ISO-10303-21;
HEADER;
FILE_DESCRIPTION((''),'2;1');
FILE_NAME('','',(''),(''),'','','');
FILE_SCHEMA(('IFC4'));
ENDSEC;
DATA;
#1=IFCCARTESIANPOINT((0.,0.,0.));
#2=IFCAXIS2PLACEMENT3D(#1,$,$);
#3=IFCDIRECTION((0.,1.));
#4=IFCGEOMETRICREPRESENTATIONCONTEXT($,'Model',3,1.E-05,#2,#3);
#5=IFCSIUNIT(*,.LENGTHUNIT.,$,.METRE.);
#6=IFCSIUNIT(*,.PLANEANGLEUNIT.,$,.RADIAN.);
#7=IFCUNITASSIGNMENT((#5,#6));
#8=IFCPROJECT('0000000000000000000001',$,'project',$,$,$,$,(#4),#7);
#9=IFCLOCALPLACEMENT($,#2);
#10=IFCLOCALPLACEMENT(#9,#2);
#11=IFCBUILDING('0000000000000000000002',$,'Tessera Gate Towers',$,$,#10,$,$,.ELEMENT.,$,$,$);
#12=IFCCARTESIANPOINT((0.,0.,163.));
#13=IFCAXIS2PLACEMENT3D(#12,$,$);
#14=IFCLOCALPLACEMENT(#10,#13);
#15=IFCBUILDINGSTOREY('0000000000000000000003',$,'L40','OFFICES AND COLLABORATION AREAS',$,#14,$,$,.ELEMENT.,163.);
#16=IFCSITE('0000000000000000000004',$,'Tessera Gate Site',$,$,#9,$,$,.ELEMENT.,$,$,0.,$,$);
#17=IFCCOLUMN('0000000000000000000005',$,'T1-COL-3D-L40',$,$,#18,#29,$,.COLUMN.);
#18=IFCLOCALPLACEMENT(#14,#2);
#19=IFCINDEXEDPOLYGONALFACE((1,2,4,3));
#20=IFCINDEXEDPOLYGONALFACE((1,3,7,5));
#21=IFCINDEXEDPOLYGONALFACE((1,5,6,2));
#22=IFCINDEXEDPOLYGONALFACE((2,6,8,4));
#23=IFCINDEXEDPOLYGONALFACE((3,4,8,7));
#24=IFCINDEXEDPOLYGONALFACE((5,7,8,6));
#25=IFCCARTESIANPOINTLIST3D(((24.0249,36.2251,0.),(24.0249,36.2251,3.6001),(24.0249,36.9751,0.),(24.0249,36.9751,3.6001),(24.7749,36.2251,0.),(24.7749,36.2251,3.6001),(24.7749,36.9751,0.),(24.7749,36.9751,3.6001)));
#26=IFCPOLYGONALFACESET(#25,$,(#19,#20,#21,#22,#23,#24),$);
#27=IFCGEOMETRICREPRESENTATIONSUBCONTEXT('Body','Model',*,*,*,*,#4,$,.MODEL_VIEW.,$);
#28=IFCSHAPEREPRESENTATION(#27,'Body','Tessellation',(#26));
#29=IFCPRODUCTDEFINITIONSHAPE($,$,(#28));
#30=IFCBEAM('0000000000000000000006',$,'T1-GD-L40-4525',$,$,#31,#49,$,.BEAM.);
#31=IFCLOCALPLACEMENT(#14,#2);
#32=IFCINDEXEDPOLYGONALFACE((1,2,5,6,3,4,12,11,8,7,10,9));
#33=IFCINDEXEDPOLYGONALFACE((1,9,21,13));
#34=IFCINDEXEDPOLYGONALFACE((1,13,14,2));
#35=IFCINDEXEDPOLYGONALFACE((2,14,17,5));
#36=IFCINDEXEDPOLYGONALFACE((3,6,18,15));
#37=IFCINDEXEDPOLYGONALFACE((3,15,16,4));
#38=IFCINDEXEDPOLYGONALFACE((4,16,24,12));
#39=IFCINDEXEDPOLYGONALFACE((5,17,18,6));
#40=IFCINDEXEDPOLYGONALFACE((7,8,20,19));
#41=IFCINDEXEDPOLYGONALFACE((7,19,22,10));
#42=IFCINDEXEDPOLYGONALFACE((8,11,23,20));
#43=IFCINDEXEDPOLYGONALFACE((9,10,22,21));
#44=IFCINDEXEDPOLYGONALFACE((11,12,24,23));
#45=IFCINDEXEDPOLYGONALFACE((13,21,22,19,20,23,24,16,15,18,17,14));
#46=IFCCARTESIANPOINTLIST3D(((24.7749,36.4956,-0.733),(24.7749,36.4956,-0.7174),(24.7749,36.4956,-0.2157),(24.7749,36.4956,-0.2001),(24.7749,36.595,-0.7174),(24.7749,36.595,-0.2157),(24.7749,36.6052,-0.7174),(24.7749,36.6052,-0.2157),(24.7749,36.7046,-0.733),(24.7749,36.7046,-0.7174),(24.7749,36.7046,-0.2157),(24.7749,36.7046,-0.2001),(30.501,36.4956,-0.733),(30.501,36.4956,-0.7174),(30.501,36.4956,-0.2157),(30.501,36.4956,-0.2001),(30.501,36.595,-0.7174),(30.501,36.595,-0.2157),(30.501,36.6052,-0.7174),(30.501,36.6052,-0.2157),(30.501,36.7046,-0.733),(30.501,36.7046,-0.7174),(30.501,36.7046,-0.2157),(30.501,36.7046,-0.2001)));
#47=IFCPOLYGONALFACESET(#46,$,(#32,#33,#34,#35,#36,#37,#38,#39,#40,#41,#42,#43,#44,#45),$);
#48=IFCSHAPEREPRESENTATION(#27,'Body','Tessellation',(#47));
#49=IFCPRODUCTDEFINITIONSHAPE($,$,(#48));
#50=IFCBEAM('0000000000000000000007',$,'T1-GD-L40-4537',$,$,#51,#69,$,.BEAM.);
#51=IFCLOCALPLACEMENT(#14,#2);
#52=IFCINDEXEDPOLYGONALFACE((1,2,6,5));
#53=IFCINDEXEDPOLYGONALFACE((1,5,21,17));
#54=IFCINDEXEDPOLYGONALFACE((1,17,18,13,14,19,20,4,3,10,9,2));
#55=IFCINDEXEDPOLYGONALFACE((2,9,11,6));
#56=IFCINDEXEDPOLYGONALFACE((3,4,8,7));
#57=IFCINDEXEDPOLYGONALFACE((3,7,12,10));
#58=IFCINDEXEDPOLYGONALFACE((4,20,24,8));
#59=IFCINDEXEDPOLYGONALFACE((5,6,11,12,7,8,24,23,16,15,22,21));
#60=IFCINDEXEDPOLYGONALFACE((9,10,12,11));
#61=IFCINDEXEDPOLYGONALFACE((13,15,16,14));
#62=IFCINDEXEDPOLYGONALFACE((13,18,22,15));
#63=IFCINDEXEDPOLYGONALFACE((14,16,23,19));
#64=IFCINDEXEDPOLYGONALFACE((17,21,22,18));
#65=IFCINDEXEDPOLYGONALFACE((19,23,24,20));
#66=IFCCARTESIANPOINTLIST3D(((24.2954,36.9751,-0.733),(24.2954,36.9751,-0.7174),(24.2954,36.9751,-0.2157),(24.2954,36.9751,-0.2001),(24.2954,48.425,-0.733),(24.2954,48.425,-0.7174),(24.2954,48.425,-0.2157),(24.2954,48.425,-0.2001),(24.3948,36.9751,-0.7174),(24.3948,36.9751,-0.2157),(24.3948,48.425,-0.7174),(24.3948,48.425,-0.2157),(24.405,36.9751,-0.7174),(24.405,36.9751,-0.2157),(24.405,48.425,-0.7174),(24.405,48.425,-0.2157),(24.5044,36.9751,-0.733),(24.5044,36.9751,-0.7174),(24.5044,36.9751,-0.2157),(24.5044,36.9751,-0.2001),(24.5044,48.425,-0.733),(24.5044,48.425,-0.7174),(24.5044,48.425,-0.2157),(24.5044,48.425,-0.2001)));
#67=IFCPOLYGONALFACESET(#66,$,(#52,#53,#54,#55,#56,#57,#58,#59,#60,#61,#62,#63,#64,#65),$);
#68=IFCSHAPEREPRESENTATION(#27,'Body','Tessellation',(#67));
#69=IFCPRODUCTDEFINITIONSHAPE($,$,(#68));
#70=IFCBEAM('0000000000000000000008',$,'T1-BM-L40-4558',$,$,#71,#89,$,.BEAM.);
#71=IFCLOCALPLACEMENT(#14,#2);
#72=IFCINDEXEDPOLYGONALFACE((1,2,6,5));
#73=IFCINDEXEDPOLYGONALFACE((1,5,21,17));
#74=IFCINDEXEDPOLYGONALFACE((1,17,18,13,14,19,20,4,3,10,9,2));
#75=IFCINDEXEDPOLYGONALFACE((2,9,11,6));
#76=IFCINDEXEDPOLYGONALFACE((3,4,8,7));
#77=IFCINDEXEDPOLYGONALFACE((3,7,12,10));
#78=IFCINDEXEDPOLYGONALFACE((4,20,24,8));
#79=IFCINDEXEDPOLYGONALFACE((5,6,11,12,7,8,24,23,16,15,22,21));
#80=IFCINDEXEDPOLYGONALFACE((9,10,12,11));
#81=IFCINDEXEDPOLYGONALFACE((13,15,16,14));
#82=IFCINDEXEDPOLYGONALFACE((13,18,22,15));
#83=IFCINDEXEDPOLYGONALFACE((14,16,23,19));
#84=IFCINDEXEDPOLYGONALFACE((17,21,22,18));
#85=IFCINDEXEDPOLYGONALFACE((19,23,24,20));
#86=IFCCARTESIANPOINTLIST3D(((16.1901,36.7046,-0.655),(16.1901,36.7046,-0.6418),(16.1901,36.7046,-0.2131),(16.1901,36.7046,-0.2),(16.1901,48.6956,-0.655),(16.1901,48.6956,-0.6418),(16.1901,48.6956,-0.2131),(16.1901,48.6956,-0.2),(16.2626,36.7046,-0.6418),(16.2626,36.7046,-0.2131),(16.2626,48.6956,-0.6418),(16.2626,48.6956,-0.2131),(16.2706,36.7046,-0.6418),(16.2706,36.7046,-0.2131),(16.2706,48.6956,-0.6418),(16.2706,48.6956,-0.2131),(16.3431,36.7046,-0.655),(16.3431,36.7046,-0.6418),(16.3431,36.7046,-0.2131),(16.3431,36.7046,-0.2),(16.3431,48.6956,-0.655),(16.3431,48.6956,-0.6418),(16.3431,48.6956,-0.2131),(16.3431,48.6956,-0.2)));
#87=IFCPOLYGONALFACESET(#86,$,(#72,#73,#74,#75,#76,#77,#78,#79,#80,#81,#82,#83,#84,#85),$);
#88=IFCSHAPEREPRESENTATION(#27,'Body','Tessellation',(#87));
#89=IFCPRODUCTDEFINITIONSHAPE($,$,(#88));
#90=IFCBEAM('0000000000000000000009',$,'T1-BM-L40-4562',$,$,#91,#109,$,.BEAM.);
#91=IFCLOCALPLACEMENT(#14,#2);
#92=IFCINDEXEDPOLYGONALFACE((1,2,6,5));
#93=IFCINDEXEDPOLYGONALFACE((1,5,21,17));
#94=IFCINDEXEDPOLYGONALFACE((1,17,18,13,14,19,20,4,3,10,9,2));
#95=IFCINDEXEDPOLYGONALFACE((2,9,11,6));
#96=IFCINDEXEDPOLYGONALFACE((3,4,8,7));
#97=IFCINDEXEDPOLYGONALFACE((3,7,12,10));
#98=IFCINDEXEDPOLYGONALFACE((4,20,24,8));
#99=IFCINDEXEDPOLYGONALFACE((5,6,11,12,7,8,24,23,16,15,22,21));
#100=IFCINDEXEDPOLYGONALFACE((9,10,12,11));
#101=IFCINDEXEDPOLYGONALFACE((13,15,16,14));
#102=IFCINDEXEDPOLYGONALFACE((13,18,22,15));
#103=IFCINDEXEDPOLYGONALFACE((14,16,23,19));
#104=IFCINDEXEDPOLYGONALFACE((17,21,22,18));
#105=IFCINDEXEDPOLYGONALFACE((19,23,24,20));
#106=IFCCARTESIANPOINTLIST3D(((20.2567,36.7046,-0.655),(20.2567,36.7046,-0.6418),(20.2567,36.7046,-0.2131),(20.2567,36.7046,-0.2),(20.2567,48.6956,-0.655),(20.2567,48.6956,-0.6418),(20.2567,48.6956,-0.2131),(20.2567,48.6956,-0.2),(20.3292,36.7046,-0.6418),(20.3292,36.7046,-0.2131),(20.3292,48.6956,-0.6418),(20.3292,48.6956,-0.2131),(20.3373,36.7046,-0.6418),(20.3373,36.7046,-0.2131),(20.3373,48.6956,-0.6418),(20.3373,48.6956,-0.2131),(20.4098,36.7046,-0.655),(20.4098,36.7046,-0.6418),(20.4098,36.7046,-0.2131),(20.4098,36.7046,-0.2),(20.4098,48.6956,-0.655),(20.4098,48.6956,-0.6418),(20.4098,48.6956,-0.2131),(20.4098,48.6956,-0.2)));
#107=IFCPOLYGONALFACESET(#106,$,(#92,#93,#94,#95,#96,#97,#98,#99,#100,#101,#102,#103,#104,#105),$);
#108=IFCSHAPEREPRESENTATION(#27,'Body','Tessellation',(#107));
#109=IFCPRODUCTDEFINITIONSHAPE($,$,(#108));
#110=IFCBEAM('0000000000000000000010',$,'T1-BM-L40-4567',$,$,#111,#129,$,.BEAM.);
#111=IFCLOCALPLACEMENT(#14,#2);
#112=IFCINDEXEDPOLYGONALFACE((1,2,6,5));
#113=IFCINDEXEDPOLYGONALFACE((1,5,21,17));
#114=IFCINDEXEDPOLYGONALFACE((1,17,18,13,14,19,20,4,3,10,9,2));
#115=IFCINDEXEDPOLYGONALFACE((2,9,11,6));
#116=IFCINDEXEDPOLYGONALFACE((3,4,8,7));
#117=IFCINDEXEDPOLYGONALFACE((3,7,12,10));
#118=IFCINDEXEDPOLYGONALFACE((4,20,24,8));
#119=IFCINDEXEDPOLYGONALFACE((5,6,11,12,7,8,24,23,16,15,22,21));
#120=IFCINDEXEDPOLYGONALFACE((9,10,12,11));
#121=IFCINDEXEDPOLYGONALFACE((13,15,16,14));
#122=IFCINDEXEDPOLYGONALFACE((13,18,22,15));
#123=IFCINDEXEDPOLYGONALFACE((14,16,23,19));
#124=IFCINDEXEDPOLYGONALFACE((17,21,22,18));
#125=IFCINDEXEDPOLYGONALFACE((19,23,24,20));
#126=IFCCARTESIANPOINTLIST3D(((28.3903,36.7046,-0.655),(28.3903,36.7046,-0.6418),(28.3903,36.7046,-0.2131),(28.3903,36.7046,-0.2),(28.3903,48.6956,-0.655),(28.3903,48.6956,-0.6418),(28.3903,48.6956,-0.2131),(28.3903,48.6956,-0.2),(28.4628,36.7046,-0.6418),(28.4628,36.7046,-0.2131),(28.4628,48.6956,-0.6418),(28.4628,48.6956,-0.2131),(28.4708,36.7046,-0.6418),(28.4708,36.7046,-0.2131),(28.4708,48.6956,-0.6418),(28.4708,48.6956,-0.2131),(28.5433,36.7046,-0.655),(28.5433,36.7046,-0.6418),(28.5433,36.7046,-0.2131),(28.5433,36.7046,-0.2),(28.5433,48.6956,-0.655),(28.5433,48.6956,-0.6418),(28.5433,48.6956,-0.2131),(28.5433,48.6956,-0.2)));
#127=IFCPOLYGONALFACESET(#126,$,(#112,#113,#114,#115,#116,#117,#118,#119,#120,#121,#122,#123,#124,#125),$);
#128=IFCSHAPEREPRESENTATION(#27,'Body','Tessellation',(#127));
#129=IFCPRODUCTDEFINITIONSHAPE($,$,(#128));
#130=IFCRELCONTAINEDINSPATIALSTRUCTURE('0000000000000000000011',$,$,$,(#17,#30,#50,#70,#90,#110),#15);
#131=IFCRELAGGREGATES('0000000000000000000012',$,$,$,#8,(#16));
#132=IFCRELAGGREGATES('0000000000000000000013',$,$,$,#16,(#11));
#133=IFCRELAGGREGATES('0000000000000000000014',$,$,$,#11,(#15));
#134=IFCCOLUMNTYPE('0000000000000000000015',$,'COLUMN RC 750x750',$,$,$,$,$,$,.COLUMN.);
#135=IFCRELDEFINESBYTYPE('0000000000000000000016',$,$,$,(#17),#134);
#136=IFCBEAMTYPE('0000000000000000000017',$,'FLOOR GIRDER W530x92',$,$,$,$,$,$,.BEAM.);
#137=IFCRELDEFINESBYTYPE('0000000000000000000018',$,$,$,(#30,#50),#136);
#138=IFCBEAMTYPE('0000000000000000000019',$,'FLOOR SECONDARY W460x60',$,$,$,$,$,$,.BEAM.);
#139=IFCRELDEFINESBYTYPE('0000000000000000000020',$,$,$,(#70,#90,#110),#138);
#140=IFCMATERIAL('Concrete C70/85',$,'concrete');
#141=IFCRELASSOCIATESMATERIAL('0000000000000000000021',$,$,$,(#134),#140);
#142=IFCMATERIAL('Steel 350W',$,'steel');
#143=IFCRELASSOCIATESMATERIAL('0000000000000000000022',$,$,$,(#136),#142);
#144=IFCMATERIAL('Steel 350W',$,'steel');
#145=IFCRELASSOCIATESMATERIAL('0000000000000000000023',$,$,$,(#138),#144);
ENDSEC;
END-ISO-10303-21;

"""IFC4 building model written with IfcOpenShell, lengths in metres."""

from ifc_helpers import new_model, si_unit, direction, frame, origin, origin_2d, place, context, subcontext, project, spatial, rectangle, i_section, extrude, material, material_profile, profile_set, type_object, element, save


model = new_model("IFC4")

# Units and contexts
model_context = context("Model", 3, precision=1e-05, world=origin(), true_north=direction((0.0, 1.0)))
body_context = subcontext(model_context, "Body", "Model", "MODEL_VIEW")
ifc_project = project(units=[si_unit("LENGTHUNIT", "METRE"), si_unit("PLANEANGLEUNIT", "RADIAN")], contexts=[model_context])

# Site, building, storey
site_placement = place(None, origin())
site = spatial("IfcSite", under=ifc_project, at=site_placement, Name="Tessera Gate Site", CompositionType="ELEMENT", RefElevation=0.0)
building_placement = place(site_placement, origin())
building = spatial("IfcBuilding", under=site, at=building_placement, Name="Tessera Gate Towers", CompositionType="ELEMENT")
storey_placement = place(building_placement, frame((0.0, 0.0, 163.0)))
storey = spatial("IfcBuildingStorey", under=building, at=storey_placement, Name="L40", Description="OFFICES AND COLLABORATION AREAS", CompositionType="ELEMENT", Elevation=163.0)

# Column
ifc_material_1 = material(Name="Concrete C70/85", Category="concrete")
ifc_material_profile_1 = material_profile(ifc_material_1, rectangle(XDim=0.75, YDim=0.75, at=origin_2d()), Name="RC 750x750")
ifc_profile_set_1 = profile_set([ifc_material_profile_1], Name="Concrete C70/85")
column_type = type_object("IfcColumnType", Name="COLUMN RC 750x750", PredefinedType="COLUMN", material=ifc_profile_set_1)
column_placement = place(storey_placement, frame((24.3999, 36.6001, 0.0), z_axis=(0.0, 0.0, 1.0), x_axis=(1.0, 0.0, 0.0)))
element("IfcColumn", 1, at=column_placement, inside=storey, type_object=column_type, Name="T1-COL-3D-L40", PredefinedType="COLUMN", context=body_context, shape_type="SweptSolid", body=[
    extrude(rectangle(XDim=0.75, YDim=0.75, at=origin_2d()), origin(), (0.0, 0.0, 1.0), 3.6001),
])

# Beams
ifc_material_2 = material(Name="Steel 350W", Category="steel")
ifc_material_profile_2 = material_profile(ifc_material_2, i_section(OverallWidth=0.209, OverallDepth=0.533, WebThickness=0.0103, FlangeThickness=0.0156, at=origin_2d()), Name="W530x92")
ifc_profile_set_2 = profile_set([ifc_material_profile_2], Name="Steel 350W")
beam_type_1 = type_object("IfcBeamType", Name="FLOOR GIRDER W530x92", PredefinedType="BEAM", material=ifc_profile_set_2)
beam_1_placement = place(storey_placement, frame((24.7749, 36.6001, -0.4666), z_axis=(1.0, 0.0, 0.0), x_axis=(0.0, 1.0, 0.0)))
element("IfcBeam", 2, at=beam_1_placement, inside=storey, type_object=beam_type_1, Name="T1-GD-L40-4525", PredefinedType="BEAM", context=body_context, shape_type="SweptSolid", body=[
    extrude(i_section(OverallWidth=0.209, OverallDepth=0.533, WebThickness=0.0103, FlangeThickness=0.0156, at=origin_2d()), origin(), (0.0, 0.0, 1.0), 5.7261),
])
beam_2_placement = place(storey_placement, frame((24.3999, 36.9751, -0.4666), z_axis=(0.0, 1.0, 0.0), x_axis=(-1.0, 0.0, 0.0)))
element("IfcBeam", 3, at=beam_2_placement, inside=storey, type_object=beam_type_1, Name="T1-GD-L40-4537", PredefinedType="BEAM", context=body_context, shape_type="SweptSolid", body=[
    extrude(i_section(OverallWidth=0.209, OverallDepth=0.533, WebThickness=0.0103, FlangeThickness=0.0156, at=origin_2d()), origin(), (0.0, 0.0, 1.0), 11.45),
])
ifc_material_3 = material(Name="Steel 350W", Category="steel")
ifc_material_profile_3 = material_profile(ifc_material_3, i_section(OverallWidth=0.1531, OverallDepth=0.4551, WebThickness=0.0081, FlangeThickness=0.0132, at=origin_2d()), Name="W460x60")
ifc_profile_set_3 = profile_set([ifc_material_profile_3], Name="Steel 350W")
beam_type_2 = type_object("IfcBeamType", Name="FLOOR SECONDARY W460x60", PredefinedType="BEAM", material=ifc_profile_set_3)
for number, where, z_axis, x_axis, name in (
    (4, (16.2666, 36.7046, -0.4275), (0.0, 1.0, 0.0), (-1.0, 0.0, 0.0), "T1-BM-L40-4558"),
    (5, (20.3333, 36.7046, -0.4275), (0.0, 1.0, 0.0), (-1.0, 0.0, 0.0), "T1-BM-L40-4562"),
    (6, (28.4668, 36.7046, -0.4275), (0.0, 1.0, 0.0), (-1.0, 0.0, 0.0), "T1-BM-L40-4567"),
):
    element("IfcBeam", number, at=place(storey_placement, frame(where, z_axis=z_axis, x_axis=x_axis)), inside=storey, type_object=beam_type_2, Name=name, PredefinedType="BEAM", context=body_context, shape_type="SweptSolid", body=[
        extrude(i_section(OverallWidth=0.1531, OverallDepth=0.4551, WebThickness=0.0081, FlangeThickness=0.0132, at=origin_2d()), origin(), (0.0, 0.0, 1.0), 11.991),
    ])

save(model, "model.ifc")
